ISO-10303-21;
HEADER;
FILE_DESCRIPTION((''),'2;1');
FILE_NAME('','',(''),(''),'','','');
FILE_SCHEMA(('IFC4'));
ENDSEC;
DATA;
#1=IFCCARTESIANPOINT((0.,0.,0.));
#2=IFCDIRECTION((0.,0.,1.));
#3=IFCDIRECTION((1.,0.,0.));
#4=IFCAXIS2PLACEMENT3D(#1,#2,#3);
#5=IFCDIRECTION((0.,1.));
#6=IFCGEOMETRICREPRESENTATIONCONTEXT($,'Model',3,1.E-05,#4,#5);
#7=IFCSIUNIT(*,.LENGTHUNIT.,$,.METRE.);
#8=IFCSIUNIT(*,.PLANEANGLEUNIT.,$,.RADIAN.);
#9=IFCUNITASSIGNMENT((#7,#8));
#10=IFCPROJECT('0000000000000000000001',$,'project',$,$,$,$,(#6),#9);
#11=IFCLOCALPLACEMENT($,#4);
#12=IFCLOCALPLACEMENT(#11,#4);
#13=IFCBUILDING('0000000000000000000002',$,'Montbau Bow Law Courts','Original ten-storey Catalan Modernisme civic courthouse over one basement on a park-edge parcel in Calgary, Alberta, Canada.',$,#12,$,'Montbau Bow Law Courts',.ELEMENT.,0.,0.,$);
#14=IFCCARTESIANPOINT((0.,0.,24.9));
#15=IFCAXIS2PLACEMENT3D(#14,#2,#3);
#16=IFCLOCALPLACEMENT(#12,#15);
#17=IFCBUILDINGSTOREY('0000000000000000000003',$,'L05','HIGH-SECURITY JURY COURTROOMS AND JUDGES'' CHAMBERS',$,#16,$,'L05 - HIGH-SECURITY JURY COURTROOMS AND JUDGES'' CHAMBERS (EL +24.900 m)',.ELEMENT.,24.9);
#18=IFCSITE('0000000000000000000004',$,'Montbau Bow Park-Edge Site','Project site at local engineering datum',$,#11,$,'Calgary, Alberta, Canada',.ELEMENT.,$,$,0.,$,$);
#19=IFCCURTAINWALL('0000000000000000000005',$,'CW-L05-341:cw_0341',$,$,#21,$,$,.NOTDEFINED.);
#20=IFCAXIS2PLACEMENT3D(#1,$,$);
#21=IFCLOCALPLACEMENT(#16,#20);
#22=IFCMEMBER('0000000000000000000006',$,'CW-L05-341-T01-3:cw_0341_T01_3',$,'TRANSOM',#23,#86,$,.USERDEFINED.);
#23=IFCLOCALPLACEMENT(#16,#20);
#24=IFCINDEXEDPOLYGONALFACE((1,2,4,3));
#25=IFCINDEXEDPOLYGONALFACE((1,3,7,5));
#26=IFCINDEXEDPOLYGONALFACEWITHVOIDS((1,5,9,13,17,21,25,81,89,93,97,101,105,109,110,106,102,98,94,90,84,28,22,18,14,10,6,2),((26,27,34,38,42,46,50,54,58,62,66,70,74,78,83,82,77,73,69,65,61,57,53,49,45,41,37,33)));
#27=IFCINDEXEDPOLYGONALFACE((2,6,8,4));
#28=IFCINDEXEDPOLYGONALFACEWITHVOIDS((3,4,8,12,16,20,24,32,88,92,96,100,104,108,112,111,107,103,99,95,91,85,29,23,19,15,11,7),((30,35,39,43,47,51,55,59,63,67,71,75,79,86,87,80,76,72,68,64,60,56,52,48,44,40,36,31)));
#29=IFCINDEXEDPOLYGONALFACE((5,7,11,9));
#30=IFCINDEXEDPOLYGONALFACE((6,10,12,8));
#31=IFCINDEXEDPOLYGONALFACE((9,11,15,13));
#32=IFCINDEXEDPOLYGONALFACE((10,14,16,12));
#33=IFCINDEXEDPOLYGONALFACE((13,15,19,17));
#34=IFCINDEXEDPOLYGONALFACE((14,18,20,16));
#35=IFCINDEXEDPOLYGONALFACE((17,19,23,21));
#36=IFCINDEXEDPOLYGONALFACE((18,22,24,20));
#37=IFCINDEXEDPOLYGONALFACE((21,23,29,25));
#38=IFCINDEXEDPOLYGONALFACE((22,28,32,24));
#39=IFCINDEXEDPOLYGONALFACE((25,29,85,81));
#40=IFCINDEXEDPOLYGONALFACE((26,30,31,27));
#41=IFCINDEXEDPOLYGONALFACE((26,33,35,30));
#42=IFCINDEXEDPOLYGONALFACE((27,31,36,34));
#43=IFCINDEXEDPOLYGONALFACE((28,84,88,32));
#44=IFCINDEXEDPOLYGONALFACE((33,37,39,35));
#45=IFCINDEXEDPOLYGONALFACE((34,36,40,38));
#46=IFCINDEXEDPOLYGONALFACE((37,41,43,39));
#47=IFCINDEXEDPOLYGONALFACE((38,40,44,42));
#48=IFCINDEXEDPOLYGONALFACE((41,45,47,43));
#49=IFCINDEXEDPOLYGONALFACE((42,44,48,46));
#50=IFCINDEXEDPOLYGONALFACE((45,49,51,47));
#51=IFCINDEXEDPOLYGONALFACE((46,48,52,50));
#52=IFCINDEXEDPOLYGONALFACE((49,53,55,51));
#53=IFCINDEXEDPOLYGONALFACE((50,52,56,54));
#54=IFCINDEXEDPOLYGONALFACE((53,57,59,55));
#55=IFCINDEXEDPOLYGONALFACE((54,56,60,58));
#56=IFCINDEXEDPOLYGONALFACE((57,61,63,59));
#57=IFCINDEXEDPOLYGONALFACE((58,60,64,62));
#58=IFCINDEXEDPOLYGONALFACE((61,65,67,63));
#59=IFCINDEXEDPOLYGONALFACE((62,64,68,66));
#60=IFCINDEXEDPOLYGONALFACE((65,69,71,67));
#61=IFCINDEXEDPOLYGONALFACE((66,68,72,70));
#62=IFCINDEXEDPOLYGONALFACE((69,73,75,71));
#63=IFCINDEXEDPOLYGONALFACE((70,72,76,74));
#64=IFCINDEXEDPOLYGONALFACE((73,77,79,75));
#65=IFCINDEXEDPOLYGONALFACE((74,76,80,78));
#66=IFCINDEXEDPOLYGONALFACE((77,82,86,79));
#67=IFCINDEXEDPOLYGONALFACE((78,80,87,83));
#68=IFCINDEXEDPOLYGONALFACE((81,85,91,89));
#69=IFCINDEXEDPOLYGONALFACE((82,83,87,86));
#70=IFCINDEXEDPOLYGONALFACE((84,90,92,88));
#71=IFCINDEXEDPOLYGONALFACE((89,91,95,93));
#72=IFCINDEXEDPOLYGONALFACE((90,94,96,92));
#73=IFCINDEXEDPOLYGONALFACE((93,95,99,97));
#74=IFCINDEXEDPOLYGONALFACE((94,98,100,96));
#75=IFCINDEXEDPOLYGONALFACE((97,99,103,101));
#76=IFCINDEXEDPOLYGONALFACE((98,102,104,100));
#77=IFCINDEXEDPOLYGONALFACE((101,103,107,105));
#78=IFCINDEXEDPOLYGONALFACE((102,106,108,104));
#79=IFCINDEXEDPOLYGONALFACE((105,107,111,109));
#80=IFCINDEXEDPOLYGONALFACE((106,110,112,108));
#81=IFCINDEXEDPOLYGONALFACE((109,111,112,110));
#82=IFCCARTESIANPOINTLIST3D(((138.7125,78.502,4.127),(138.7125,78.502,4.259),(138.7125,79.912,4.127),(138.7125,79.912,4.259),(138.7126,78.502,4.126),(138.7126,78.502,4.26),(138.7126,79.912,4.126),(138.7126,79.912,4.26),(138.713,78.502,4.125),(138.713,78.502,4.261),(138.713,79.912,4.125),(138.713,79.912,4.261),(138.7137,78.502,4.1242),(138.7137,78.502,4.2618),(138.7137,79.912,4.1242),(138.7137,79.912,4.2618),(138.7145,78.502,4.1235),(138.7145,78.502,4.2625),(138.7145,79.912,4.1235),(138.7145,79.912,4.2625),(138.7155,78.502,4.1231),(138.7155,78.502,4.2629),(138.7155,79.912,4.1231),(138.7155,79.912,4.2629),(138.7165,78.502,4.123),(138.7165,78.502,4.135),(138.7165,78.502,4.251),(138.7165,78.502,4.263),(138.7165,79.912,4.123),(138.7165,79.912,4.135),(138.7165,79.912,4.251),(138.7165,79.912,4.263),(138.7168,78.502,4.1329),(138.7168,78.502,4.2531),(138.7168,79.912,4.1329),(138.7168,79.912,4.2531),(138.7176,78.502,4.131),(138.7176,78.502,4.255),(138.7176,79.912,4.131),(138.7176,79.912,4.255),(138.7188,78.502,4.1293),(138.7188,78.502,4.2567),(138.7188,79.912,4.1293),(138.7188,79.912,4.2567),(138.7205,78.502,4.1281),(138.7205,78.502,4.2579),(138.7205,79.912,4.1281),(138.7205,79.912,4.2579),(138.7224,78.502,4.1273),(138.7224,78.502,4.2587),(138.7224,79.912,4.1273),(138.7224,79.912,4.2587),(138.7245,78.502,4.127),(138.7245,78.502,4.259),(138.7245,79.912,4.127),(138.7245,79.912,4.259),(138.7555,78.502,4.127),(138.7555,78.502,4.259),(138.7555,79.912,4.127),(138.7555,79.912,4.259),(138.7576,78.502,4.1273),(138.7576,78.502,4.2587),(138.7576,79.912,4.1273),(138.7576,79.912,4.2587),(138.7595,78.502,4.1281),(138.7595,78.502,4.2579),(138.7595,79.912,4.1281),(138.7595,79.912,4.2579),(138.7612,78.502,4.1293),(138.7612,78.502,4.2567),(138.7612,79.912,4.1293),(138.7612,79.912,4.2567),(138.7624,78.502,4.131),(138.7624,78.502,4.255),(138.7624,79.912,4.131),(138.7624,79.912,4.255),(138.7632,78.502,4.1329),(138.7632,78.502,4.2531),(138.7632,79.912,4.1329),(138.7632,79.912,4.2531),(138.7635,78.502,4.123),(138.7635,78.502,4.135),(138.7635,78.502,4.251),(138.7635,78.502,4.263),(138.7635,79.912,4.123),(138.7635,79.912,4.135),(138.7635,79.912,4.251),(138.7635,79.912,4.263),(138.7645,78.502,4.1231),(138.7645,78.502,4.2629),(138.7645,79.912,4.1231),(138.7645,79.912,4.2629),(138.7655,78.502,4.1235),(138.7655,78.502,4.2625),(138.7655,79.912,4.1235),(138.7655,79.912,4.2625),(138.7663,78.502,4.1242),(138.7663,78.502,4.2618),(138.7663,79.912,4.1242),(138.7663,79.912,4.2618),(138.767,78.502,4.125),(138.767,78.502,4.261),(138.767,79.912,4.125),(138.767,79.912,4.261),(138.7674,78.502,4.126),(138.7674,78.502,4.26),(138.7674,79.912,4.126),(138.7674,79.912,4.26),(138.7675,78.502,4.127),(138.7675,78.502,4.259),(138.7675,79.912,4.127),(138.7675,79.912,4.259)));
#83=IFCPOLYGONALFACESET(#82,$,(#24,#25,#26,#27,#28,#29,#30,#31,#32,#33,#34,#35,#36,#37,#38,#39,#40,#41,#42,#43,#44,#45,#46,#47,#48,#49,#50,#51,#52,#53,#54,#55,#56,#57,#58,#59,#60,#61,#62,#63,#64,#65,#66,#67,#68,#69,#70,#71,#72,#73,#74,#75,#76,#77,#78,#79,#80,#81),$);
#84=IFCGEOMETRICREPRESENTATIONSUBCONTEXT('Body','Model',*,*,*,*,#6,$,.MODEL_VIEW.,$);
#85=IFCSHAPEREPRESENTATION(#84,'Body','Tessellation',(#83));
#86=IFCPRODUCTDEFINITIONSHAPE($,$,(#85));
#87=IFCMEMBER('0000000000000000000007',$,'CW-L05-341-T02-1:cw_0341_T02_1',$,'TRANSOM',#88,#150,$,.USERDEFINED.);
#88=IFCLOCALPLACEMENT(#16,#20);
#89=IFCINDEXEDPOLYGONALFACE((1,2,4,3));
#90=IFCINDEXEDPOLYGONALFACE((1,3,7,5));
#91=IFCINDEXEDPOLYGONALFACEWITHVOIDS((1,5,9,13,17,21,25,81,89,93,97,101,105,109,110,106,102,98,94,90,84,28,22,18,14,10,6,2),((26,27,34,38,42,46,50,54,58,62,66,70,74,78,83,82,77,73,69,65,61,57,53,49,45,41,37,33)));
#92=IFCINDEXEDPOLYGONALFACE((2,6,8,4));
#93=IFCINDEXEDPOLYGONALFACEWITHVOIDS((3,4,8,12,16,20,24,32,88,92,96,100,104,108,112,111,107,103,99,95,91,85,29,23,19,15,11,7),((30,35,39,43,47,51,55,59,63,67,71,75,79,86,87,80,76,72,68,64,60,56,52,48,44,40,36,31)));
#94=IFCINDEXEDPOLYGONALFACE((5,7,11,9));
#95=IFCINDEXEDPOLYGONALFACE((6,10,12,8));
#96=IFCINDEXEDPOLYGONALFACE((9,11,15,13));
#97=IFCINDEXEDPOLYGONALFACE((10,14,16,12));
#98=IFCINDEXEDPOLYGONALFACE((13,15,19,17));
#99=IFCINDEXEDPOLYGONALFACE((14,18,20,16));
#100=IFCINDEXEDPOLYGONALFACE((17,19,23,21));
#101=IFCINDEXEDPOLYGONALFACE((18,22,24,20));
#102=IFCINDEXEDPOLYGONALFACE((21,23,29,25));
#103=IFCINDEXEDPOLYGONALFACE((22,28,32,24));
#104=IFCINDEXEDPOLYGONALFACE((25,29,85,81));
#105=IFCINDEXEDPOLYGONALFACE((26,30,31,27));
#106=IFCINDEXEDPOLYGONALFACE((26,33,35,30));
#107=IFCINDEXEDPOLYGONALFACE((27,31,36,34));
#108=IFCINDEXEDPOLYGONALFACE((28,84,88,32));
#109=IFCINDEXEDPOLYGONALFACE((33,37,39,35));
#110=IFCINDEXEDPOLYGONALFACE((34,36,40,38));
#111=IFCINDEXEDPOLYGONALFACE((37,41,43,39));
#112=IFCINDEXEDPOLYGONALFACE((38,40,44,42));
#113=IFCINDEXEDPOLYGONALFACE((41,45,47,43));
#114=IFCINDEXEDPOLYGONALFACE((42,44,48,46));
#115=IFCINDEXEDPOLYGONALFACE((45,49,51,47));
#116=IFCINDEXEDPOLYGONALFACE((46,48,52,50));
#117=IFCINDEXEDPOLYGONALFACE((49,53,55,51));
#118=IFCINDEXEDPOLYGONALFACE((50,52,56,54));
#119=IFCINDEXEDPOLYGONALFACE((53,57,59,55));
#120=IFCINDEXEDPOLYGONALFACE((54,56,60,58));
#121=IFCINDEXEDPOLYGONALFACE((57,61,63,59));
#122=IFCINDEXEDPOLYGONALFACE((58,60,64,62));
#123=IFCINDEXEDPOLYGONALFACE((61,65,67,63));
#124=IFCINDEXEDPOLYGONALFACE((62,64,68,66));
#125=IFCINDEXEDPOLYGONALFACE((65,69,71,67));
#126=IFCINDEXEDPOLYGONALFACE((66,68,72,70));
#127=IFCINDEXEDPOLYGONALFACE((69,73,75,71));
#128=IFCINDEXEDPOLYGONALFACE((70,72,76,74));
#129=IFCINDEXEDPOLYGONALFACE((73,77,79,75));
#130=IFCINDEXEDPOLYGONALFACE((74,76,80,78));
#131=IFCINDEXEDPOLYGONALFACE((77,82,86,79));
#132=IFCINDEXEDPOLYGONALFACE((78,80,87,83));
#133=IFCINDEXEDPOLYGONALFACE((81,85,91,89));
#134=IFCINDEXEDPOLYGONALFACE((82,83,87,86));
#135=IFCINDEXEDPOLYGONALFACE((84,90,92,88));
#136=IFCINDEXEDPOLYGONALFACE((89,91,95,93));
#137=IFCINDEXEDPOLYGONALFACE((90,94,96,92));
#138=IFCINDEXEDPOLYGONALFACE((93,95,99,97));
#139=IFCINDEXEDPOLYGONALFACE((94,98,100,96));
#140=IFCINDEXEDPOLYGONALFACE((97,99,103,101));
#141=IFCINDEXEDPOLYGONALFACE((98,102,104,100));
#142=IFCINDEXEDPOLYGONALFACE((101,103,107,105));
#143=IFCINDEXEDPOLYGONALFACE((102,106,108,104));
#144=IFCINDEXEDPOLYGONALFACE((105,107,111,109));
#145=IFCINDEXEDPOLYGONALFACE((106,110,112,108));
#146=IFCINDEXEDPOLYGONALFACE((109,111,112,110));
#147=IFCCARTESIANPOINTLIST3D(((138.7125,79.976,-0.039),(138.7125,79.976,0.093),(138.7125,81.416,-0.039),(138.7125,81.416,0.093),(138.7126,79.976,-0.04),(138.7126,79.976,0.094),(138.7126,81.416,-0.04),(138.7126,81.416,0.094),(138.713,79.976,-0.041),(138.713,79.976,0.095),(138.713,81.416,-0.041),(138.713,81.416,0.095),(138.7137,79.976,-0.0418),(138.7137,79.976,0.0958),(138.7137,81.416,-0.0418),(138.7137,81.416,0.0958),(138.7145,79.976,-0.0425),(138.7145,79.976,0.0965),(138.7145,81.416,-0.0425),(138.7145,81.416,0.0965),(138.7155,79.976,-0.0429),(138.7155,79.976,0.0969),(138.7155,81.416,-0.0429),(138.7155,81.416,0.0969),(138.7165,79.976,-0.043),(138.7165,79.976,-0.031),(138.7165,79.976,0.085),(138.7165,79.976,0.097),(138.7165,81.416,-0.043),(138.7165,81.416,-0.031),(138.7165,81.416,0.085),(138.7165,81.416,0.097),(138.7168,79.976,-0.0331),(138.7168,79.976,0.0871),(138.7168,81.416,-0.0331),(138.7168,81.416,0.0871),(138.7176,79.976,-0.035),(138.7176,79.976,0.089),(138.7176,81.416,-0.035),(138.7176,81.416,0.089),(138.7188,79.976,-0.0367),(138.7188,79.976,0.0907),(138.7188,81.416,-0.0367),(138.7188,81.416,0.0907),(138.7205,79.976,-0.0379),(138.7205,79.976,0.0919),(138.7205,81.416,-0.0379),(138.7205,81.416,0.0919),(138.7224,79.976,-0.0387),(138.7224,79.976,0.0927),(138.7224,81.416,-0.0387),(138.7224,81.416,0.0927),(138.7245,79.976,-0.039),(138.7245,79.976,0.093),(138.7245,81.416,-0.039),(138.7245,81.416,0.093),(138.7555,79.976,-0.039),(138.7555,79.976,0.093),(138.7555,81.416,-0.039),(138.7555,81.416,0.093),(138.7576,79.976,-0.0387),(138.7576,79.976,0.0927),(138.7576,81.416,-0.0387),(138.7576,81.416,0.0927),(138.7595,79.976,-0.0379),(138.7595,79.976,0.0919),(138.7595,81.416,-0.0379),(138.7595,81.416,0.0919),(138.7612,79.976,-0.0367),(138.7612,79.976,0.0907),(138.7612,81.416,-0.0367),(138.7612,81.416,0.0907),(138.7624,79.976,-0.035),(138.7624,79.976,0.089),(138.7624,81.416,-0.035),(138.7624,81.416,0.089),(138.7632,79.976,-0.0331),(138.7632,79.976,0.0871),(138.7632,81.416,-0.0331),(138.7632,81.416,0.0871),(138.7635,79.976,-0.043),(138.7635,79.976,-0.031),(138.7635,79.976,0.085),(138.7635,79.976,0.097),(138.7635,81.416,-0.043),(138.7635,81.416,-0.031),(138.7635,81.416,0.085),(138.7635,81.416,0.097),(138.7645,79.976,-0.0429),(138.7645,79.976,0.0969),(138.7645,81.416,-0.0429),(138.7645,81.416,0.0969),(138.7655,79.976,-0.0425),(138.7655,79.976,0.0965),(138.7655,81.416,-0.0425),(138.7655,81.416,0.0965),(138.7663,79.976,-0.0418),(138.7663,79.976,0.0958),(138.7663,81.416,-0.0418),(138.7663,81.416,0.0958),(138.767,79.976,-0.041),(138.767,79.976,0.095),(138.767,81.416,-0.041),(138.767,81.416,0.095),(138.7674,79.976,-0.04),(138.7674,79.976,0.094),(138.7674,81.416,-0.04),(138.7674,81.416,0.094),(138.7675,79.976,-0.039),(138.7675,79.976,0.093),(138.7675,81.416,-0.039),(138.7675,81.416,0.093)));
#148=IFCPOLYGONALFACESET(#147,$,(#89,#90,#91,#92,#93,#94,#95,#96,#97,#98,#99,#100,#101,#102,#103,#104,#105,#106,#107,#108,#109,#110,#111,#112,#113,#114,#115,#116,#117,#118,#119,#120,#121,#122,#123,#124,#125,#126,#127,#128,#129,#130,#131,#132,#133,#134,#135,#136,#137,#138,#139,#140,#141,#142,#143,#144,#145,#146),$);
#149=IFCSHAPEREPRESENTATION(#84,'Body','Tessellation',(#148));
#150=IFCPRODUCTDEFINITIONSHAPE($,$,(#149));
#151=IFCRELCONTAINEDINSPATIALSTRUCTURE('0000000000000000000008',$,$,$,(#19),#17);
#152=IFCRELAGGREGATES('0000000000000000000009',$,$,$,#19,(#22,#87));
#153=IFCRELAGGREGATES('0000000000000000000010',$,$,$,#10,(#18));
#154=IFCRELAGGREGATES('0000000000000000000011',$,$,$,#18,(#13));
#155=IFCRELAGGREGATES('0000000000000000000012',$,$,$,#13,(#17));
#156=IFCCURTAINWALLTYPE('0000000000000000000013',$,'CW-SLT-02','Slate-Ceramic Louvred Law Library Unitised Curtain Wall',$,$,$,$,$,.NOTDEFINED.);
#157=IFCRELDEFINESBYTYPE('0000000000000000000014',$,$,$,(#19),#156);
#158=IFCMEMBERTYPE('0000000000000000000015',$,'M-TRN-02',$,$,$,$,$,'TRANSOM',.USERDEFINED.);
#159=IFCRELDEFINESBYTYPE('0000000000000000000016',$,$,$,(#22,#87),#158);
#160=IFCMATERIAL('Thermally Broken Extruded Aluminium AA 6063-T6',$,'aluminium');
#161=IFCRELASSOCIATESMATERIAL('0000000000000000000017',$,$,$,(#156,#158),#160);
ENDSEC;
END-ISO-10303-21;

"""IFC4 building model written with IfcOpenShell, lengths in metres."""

from ifc_helpers import new_model, si_unit, direction, frame, origin_with_axes, origin_2d_with_axis, place, context, subcontext, project, spatial, hollow_rectangle, extrude, material, material_profile, profile_set, type_object, element, aggregate, save


model = new_model("IFC4")

# Units and contexts
model_context = context("Model", 3, precision=1e-05, world=origin_with_axes(), true_north=direction((0.0, 1.0)))
body_context = subcontext(model_context, "Body", "Model", "MODEL_VIEW")
ifc_project = project(units=[si_unit("LENGTHUNIT", "METRE"), si_unit("PLANEANGLEUNIT", "RADIAN")], contexts=[model_context])

# Site, building, storey
site_placement = place(None, origin_with_axes())
site = spatial("IfcSite", under=ifc_project, at=site_placement, Name="Montbau Bow Park-Edge Site", Description="Project site at local engineering datum", LongName="Calgary, Alberta, Canada", CompositionType="ELEMENT", RefElevation=0.0)
building_placement = place(site_placement, origin_with_axes())
building = spatial("IfcBuilding", under=site, at=building_placement, Name="Montbau Bow Law Courts", Description="Original ten-storey Catalan Modernisme civic courthouse over one basement on a park-edge parcel in Calgary, Alberta, Canada.", LongName="Montbau Bow Law Courts", CompositionType="ELEMENT", ElevationOfRefHeight=0.0, ElevationOfTerrain=0.0)
storey_placement = place(building_placement, frame((0.0, 0.0, 24.9), z_axis=(0.0, 0.0, 1.0), x_axis=(1.0, 0.0, 0.0)))
storey = spatial("IfcBuildingStorey", under=building, at=storey_placement, Name="L05", Description="HIGH-SECURITY JURY COURTROOMS AND JUDGES' CHAMBERS", LongName="L05 - HIGH-SECURITY JURY COURTROOMS AND JUDGES' CHAMBERS (EL +24.900 m)", CompositionType="ELEMENT", Elevation=24.9)

# Curtain wall, members
ifc_material_1 = material(Name="Thermally Broken Extruded Aluminium AA 6063-T6", Category="aluminium")
curtain_wall_type = type_object("IfcCurtainWallType", Name="CW-SLT-02", Description="Slate-Ceramic Louvred Law Library Unitised Curtain Wall", PredefinedType="NOTDEFINED", material=ifc_material_1)
ifc_material_profile = material_profile(ifc_material_1, hollow_rectangle(XDim=0.055, YDim=0.14, WallThickness=0.004, InnerFilletRadius=0.008, OuterFilletRadius=0.004, at=origin_2d_with_axis()), Name="CWT-140X55", Category="Main", Priority=0)
ifc_profile_set = profile_set([ifc_material_profile], Name="Thermally Broken Extruded Aluminium AA 6063-T6")
member_type = type_object("IfcMemberType", Name="M-TRN-02", ElementType="TRANSOM", PredefinedType="USERDEFINED", material=ifc_profile_set)
curtain_wall_1_placement = place(None, frame((138.74, 78.44, 24.9), z_axis=(0.0, 0.0, 1.0), x_axis=(1.0, 0.0, 0.0)))
curtain_wall_1 = element("IfcCurtainWall", 1, at=curtain_wall_1_placement, inside=storey, type_object=curtain_wall_type, Name="CW-L05-341:cw_0341", PredefinedType="NOTDEFINED")
member_1_placement = place(None, frame((138.74, 78.502, 29.093), z_axis=(0.0, 1.0, 0.0), x_axis=(-1.0, 0.0, 0.0)))
member_1 = element("IfcMember", 2, at=member_1_placement, type_object=member_type, Name="CW-L05-341-T01-3:cw_0341_T01_3", ObjectType="TRANSOM", PredefinedType="USERDEFINED", context=body_context, shape_type="SweptSolid", body=[
    extrude(hollow_rectangle(XDim=0.055, YDim=0.14, WallThickness=0.004, InnerFilletRadius=0.008, OuterFilletRadius=0.004, at=origin_2d_with_axis()), origin_with_axes(), (0.0, 0.0, 1.0), 1.41),
])
member_2_placement = place(None, frame((138.74, 79.976, 24.927), z_axis=(0.0, 1.0, 0.0), x_axis=(-1.0, 0.0, 0.0)))
member_2 = element("IfcMember", 3, at=member_2_placement, type_object=member_type, Name="CW-L05-341-T02-1:cw_0341_T02_1", ObjectType="TRANSOM", PredefinedType="USERDEFINED", context=body_context, shape_type="SweptSolid", body=[
    extrude(hollow_rectangle(XDim=0.055, YDim=0.14, WallThickness=0.004, InnerFilletRadius=0.008, OuterFilletRadius=0.004, at=origin_2d_with_axis()), origin_with_axes(), (0.0, 0.0, 1.0), 1.44),
])

aggregate(curtain_wall_1, [member_1, member_2])

save(model, "model.ifc")
